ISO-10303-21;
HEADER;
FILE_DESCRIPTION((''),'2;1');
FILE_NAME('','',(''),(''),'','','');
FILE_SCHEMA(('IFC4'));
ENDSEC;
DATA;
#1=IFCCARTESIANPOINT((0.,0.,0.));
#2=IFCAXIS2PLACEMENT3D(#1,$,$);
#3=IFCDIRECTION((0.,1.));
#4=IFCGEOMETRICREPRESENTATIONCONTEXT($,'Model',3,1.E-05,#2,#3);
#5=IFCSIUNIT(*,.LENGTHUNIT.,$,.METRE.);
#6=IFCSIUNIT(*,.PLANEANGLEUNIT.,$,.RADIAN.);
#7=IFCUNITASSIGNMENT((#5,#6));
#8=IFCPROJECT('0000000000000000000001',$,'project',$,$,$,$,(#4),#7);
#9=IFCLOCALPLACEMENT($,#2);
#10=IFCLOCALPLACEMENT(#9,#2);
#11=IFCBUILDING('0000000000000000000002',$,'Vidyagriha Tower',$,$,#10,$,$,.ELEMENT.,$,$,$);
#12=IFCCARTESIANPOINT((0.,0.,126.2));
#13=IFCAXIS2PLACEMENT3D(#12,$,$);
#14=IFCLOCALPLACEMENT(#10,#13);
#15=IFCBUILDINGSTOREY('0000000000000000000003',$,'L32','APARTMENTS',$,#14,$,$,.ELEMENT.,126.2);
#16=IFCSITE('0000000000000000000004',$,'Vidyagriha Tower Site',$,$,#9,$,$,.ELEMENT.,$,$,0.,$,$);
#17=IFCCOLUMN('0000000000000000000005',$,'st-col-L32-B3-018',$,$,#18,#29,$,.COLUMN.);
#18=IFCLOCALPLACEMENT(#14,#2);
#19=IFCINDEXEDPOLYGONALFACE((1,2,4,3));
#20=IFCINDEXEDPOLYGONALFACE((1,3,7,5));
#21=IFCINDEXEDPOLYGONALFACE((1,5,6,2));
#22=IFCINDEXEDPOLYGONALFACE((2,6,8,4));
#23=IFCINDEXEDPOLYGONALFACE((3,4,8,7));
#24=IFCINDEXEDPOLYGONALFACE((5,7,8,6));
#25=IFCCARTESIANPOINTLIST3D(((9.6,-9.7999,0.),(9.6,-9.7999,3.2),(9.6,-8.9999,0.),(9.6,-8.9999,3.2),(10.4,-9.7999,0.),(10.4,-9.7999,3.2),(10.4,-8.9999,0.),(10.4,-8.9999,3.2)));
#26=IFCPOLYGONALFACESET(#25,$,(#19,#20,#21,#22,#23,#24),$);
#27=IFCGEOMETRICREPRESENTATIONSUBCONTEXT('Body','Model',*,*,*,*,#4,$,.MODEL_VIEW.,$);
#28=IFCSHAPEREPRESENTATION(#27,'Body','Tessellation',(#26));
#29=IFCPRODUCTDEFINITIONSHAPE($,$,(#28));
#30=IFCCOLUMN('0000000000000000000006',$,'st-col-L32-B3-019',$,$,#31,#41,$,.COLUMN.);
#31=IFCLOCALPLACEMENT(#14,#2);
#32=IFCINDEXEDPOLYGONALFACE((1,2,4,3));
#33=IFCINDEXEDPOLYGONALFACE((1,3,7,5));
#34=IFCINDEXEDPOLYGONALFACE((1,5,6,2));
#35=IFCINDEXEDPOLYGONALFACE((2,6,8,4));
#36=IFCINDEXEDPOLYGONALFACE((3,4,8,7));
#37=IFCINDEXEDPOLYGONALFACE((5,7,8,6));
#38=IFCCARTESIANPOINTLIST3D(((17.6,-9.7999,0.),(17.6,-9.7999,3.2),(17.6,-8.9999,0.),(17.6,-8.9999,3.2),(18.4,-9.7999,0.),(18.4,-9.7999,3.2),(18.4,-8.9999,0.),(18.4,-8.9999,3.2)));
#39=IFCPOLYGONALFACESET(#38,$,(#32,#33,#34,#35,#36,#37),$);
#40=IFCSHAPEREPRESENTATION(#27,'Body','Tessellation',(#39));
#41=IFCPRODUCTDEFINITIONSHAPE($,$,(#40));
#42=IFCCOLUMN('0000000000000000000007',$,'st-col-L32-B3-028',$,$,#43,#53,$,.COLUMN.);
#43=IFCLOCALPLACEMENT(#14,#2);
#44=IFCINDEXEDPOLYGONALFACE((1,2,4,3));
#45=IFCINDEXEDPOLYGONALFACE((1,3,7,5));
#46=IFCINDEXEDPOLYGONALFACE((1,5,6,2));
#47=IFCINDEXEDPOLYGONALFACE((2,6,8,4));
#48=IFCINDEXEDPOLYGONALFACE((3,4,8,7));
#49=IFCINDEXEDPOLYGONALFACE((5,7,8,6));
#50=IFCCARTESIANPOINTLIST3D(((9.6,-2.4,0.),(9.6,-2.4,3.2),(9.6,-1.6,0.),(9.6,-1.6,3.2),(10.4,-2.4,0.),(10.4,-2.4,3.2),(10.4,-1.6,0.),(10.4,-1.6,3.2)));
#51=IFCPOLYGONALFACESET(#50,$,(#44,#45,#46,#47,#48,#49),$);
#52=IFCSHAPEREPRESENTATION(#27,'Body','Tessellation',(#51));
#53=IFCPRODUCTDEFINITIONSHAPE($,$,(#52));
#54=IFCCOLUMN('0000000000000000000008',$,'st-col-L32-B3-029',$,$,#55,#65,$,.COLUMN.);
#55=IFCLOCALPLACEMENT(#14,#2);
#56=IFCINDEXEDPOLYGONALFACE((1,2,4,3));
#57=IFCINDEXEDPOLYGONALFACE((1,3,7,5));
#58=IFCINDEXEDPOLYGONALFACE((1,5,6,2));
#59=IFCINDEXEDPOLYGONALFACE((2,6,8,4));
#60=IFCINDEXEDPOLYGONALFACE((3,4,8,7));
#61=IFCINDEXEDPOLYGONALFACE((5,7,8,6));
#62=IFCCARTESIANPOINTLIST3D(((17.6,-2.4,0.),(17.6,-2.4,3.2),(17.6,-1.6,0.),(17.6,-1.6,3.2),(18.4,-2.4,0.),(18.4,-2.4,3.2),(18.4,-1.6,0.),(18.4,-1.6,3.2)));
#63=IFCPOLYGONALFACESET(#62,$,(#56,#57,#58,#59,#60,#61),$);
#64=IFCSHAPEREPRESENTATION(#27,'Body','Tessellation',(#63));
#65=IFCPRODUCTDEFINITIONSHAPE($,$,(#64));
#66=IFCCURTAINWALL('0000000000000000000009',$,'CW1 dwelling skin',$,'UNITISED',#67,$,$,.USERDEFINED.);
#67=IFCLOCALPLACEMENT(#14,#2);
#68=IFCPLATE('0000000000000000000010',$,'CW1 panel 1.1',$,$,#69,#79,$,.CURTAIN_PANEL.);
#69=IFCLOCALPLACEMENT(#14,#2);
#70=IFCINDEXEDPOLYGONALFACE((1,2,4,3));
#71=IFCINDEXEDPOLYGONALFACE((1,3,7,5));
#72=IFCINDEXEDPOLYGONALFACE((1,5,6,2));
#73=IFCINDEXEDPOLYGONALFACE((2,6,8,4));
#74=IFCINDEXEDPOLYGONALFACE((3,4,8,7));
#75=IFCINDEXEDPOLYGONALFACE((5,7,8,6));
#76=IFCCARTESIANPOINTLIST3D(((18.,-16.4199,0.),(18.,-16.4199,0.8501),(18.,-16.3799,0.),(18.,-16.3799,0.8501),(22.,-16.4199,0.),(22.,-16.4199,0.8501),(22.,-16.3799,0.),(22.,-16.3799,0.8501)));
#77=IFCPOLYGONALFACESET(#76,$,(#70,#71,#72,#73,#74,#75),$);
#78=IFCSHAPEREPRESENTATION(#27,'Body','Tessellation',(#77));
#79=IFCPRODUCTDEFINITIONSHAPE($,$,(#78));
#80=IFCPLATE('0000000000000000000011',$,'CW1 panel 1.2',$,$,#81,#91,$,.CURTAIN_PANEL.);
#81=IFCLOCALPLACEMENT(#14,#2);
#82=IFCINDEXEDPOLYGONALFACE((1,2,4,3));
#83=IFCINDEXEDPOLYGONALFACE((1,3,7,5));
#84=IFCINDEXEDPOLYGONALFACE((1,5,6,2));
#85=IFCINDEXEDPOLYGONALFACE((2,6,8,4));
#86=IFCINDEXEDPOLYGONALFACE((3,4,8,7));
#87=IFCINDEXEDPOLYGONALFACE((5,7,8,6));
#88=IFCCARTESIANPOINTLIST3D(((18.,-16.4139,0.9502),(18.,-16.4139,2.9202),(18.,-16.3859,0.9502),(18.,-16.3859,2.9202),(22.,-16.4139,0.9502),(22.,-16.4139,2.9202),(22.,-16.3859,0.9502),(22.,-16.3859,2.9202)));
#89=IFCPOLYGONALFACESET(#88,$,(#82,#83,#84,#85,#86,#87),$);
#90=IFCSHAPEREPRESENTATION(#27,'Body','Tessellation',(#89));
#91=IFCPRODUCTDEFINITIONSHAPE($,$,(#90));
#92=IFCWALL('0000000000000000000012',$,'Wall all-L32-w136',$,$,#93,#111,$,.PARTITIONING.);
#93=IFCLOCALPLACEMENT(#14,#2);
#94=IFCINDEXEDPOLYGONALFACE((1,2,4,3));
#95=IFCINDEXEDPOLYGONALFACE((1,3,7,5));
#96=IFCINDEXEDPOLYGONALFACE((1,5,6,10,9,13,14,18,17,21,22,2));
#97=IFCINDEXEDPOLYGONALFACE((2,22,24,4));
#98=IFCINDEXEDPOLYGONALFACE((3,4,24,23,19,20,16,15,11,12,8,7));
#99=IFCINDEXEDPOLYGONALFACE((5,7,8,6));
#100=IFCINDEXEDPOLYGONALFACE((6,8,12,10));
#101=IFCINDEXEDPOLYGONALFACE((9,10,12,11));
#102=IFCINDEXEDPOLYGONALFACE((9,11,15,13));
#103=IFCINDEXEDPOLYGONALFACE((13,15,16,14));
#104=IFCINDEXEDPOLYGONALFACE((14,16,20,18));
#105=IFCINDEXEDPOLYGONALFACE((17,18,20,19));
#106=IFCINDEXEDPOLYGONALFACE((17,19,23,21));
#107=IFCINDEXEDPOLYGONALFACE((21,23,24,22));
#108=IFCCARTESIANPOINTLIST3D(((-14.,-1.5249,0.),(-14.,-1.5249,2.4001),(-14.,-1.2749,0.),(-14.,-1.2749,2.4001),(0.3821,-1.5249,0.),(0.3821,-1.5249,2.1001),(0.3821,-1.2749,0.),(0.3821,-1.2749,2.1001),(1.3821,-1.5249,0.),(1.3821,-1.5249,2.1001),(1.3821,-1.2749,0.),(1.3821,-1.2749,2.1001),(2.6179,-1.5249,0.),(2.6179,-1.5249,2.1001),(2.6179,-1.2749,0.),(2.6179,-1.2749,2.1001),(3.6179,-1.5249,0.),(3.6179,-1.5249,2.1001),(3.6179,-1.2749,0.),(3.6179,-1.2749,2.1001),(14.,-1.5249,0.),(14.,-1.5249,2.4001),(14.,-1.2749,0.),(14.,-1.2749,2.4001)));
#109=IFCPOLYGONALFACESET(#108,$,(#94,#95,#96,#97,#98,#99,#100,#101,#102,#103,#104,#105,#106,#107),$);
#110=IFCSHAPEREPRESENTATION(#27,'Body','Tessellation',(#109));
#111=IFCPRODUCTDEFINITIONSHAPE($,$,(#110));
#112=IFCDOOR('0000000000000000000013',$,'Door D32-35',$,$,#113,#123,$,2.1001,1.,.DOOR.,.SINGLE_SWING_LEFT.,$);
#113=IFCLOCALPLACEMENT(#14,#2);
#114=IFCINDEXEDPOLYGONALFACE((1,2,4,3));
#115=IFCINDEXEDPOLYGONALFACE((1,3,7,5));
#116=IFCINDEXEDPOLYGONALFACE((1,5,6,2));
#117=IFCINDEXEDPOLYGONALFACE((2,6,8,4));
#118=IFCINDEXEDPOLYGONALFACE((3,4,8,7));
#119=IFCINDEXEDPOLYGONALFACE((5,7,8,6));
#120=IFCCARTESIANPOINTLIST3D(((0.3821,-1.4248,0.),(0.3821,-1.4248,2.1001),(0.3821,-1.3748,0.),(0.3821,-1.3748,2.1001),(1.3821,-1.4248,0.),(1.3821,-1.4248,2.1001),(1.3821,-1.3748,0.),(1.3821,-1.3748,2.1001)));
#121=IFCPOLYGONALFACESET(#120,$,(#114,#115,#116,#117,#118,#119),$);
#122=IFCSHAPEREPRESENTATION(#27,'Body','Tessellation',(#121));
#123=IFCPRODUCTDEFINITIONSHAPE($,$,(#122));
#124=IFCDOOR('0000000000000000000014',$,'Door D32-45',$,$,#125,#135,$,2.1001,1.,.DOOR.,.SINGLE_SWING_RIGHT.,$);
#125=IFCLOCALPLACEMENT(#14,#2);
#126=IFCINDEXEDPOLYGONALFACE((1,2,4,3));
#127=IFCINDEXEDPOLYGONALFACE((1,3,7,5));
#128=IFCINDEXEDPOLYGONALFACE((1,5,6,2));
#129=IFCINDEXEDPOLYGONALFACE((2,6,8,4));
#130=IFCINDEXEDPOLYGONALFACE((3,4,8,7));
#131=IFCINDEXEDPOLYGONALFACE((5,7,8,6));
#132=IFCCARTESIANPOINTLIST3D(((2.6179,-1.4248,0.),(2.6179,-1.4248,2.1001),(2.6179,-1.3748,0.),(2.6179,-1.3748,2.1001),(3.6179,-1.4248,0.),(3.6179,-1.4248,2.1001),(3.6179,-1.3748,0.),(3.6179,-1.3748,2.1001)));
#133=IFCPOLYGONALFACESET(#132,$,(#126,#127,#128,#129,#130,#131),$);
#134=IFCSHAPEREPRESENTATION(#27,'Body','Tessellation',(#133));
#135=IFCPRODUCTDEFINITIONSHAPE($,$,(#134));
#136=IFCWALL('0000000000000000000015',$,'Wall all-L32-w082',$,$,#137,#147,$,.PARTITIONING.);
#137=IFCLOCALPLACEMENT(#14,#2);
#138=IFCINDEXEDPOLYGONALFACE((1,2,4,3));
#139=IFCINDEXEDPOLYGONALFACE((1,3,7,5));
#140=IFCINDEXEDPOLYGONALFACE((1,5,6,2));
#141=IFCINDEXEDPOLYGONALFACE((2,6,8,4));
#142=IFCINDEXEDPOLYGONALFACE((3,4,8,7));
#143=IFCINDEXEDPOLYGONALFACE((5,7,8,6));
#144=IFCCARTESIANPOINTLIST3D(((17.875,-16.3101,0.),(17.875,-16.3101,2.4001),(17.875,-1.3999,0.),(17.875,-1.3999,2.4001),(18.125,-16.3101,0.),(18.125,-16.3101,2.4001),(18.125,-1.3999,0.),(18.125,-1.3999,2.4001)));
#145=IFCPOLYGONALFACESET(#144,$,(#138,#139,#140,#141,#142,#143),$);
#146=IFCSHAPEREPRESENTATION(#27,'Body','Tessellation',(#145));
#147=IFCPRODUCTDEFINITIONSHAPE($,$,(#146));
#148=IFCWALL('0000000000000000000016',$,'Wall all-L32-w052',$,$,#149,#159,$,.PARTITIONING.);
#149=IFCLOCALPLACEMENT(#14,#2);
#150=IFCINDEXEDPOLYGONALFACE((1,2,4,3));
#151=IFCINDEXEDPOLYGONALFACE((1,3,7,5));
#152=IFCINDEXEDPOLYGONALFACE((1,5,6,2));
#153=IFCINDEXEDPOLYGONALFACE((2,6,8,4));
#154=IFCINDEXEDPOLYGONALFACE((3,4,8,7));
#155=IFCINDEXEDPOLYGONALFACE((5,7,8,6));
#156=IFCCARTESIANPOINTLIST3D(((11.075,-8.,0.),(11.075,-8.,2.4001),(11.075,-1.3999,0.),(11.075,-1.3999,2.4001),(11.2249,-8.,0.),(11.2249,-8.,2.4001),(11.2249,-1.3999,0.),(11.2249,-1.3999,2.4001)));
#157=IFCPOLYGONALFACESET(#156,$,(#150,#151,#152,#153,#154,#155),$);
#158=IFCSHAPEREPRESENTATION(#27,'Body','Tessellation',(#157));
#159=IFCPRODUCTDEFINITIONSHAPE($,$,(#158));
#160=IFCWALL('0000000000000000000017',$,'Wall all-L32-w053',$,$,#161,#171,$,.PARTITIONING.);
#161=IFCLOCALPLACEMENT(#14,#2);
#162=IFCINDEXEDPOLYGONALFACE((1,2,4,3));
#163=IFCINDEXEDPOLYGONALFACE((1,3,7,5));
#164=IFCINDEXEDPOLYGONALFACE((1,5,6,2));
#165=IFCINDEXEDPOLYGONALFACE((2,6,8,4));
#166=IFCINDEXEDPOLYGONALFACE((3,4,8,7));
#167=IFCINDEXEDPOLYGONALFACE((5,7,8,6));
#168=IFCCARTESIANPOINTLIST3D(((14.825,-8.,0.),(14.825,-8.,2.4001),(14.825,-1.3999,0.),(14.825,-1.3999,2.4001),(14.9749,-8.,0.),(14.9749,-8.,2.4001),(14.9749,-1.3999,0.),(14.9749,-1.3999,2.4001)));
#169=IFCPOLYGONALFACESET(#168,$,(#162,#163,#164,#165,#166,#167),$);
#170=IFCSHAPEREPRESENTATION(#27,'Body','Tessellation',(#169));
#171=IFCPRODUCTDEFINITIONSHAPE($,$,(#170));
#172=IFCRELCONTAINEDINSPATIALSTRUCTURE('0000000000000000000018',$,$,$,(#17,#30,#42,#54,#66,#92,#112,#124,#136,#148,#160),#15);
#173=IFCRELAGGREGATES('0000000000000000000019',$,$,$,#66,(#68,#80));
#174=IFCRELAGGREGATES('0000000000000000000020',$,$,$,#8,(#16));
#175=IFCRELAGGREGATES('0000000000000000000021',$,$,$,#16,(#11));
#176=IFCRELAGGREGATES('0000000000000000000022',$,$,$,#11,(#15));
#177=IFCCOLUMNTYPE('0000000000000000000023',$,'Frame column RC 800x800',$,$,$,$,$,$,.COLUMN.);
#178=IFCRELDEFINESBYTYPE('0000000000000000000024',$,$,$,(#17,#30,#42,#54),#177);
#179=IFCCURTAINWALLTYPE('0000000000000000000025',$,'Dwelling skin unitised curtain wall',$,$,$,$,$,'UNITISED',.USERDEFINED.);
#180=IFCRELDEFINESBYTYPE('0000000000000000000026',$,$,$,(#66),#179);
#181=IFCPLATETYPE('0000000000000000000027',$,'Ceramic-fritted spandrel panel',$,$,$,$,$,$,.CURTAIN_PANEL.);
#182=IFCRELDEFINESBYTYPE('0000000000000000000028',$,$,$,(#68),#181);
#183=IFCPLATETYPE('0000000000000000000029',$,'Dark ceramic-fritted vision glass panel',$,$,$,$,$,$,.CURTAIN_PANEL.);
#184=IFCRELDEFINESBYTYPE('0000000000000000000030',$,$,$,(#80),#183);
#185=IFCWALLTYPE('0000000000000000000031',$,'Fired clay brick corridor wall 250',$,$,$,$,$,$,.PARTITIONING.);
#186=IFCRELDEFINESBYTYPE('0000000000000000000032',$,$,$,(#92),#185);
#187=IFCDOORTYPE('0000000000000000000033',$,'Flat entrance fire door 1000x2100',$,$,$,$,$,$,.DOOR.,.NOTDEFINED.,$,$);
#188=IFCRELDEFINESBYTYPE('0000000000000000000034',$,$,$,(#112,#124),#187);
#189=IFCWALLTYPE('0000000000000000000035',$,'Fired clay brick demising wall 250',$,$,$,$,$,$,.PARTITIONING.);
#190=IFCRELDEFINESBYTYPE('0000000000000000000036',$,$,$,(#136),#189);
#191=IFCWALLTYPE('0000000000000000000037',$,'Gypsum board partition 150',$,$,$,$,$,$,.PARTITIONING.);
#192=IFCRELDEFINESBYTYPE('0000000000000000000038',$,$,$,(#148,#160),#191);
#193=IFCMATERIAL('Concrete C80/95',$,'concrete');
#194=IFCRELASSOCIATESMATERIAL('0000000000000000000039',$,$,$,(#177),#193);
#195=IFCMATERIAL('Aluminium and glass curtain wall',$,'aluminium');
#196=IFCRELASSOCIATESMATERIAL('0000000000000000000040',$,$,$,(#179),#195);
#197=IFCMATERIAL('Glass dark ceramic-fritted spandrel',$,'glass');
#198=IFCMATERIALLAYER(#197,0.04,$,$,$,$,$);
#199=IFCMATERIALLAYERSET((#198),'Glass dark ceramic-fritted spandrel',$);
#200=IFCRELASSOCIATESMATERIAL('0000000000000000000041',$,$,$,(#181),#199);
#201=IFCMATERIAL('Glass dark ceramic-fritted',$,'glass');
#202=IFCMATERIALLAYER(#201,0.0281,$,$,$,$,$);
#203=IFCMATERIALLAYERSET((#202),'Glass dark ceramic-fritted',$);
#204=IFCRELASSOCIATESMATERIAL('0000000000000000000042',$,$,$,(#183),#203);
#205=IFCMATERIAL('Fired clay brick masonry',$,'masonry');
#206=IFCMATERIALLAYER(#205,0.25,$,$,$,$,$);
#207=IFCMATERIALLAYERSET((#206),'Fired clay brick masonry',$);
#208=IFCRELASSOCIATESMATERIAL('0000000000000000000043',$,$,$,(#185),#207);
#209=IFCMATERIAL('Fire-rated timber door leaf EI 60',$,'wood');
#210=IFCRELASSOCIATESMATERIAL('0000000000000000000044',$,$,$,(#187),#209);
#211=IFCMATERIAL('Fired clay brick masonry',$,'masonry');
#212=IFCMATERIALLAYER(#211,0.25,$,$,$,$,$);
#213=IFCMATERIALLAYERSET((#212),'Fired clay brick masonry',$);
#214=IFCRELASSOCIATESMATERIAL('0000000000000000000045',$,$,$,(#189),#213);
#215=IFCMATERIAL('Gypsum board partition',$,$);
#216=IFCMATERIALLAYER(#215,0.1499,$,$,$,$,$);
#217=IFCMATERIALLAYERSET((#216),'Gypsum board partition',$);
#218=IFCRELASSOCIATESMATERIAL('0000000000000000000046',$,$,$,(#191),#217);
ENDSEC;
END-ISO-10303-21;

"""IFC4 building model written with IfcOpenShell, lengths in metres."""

from ifc_helpers import new_model, si_unit, direction, frame, frame_2d, origin, origin_2d, place, context, subcontext, project, spatial, rectangle, extrude, material, layer, layer_set, material_profile, profile_set, type_object, element, fill, aggregate, save


model = new_model("IFC4")

# Units and contexts
model_context = context("Model", 3, precision=1e-05, world=origin(), true_north=direction((0.0, 1.0)))
body_context = subcontext(model_context, "Body", "Model", "MODEL_VIEW")
ifc_project = project(units=[si_unit("LENGTHUNIT", "METRE"), si_unit("PLANEANGLEUNIT", "RADIAN")], contexts=[model_context])

# Site, building, storey
site_placement = place(None, origin())
site = spatial("IfcSite", under=ifc_project, at=site_placement, Name="Vidyagriha Tower Site", CompositionType="ELEMENT", RefElevation=0.0)
building_placement = place(site_placement, origin())
building = spatial("IfcBuilding", under=site, at=building_placement, Name="Vidyagriha Tower", CompositionType="ELEMENT")
storey_placement = place(building_placement, frame((0.0, 0.0, 126.2)))
storey = spatial("IfcBuildingStorey", under=building, at=storey_placement, Name="L32", Description="APARTMENTS", CompositionType="ELEMENT", Elevation=126.2)

# Columns
ifc_material_1 = material(Name="Concrete C80/95", Category="concrete")
ifc_material_profile = material_profile(ifc_material_1, rectangle(XDim=0.8, YDim=0.8, at=origin_2d()), Name="RC 800x800")
ifc_profile_set = profile_set([ifc_material_profile], Name="Concrete C80/95")
column_type = type_object("IfcColumnType", Name="Frame column RC 800x800", PredefinedType="COLUMN", material=ifc_profile_set)
for number, where, name in (
    (1, (10.0, -9.3999, 0.0), "st-col-L32-B3-018"),
    (2, (18.0, -9.3999, 0.0), "st-col-L32-B3-019"),
    (3, (10.0, -2.0, 0.0), "st-col-L32-B3-028"),
    (4, (18.0, -2.0, 0.0), "st-col-L32-B3-029"),
):
    element("IfcColumn", number, at=place(storey_placement, frame(where)), inside=storey, type_object=column_type, Name=name, PredefinedType="COLUMN", context=body_context, shape_type="SweptSolid", body=[
        extrude(rectangle(XDim=0.8, YDim=0.8, at=origin_2d()), origin(), (0.0, 0.0, 1.0), 3.2),
    ])

# Curtain wall, plates
ifc_material_2 = material(Name="Aluminium and glass curtain wall", Category="aluminium")
curtain_wall_type = type_object("IfcCurtainWallType", Name="Dwelling skin unitised curtain wall", ElementType="UNITISED", PredefinedType="USERDEFINED", material=ifc_material_2)
curtain_wall_placement = place(storey_placement, origin())
curtain_wall = element("IfcCurtainWall", 5, at=curtain_wall_placement, inside=storey, type_object=curtain_wall_type, Name="CW1 dwelling skin", ObjectType="UNITISED", PredefinedType="USERDEFINED")
ifc_material_3 = material(Name="Glass dark ceramic-fritted spandrel", Category="glass")
ifc_layer_1 = layer(ifc_material_3, 0.04)
ifc_layer_set_1 = layer_set([ifc_layer_1], Name="Glass dark ceramic-fritted spandrel")
plate_type_1 = type_object("IfcPlateType", Name="Ceramic-fritted spandrel panel", PredefinedType="CURTAIN_PANEL", material=ifc_layer_set_1)
plate_1_placement = place(storey_placement, frame((20.0, -16.3999, 0.0)))
plate_1 = element("IfcPlate", 6, at=plate_1_placement, type_object=plate_type_1, Name="CW1 panel 1.1", PredefinedType="CURTAIN_PANEL", context=body_context, shape_type="SweptSolid", body=[
    extrude(rectangle(XDim=4.0, YDim=0.04, at=origin_2d()), origin(), (0.0, 0.0, 1.0), 0.8501),
])
ifc_material_4 = material(Name="Glass dark ceramic-fritted", Category="glass")
ifc_layer_2 = layer(ifc_material_4, 0.0281)
ifc_layer_set_2 = layer_set([ifc_layer_2], Name="Glass dark ceramic-fritted")
plate_type_2 = type_object("IfcPlateType", Name="Dark ceramic-fritted vision glass panel", PredefinedType="CURTAIN_PANEL", material=ifc_layer_set_2)
plate_2_placement = place(storey_placement, frame((20.0, -16.3999, 0.9502)))
plate_2 = element("IfcPlate", 7, at=plate_2_placement, type_object=plate_type_2, Name="CW1 panel 1.2", PredefinedType="CURTAIN_PANEL", context=body_context, shape_type="SweptSolid", body=[
    extrude(rectangle(XDim=4.0, YDim=0.0281, at=origin_2d()), origin(), (0.0, 0.0, 1.0), 1.97),
])
aggregate(curtain_wall, [plate_1, plate_2])

# Wall, openings, doors
ifc_material_5 = material(Name="Fired clay brick masonry", Category="masonry")
ifc_layer_3 = layer(ifc_material_5, 0.25)
ifc_layer_set_3 = layer_set([ifc_layer_3], Name="Fired clay brick masonry")
wall_type_1 = type_object("IfcWallType", Name="Fired clay brick corridor wall 250", PredefinedType="PARTITIONING", material=ifc_layer_set_3)
wall_1_placement = place(storey_placement, frame((14.0, -1.3999, 0.0), z_axis=(0.0, 0.0, 1.0), x_axis=(-1.0, 0.0, 0.0)))
wall_1 = element("IfcWall", 8, at=wall_1_placement, inside=storey, type_object=wall_type_1, Name="Wall all-L32-w136", PredefinedType="PARTITIONING", context=body_context, shape_type="SweptSolid", body=[
    extrude(rectangle(XDim=28.0, YDim=0.25, at=frame_2d((14.0, 0.0))), origin(), (0.0, 0.0, 1.0), 2.4001),
])
opening_1_placement = place(wall_1_placement, frame((12.6179, 0.0, 0.0)))
opening_1 = element("IfcOpeningElement", 9, at=opening_1_placement, cuts=wall_1, PredefinedType="OPENING", context=body_context, shape_type="SweptSolid", body=[
    extrude(rectangle(XDim=1.0, YDim=2.1001, at=frame_2d((0.5, 1.05))), frame((0.0, 0.135, 0.0), z_axis=(0.0, -1.0, 0.0), x_axis=(1.0, 0.0, 0.0)), (0.0, 0.0, 1.0), 0.27),
])
opening_2_placement = place(wall_1_placement, frame((10.3821, 0.0, 0.0)))
opening_2 = element("IfcOpeningElement", 10, at=opening_2_placement, cuts=wall_1, PredefinedType="OPENING", context=body_context, shape_type="SweptSolid", body=[
    extrude(rectangle(XDim=1.0, YDim=2.1001, at=frame_2d((0.5, 1.05))), frame((0.0, 0.135, 0.0), z_axis=(0.0, -1.0, 0.0), x_axis=(1.0, 0.0, 0.0)), (0.0, 0.0, 1.0), 0.27),
])
ifc_material_6 = material(Name="Fire-rated timber door leaf EI 60", Category="wood")
door_type_1 = type_object("IfcDoorType", Name="Flat entrance fire door 1000x2100", OperationType="NOTDEFINED", PredefinedType="DOOR", material=ifc_material_6)
door_1_placement = place(opening_1_placement, origin())
door_1 = element("IfcDoor", 11, at=door_1_placement, inside=storey, type_object=door_type_1, Name="Door D32-35", OperationType="SINGLE_SWING_LEFT", OverallHeight=2.1001, OverallWidth=1.0, PredefinedType="DOOR", context=body_context, shape_type="SweptSolid", body=[
    extrude(rectangle(XDim=1.0, YDim=2.1001, at=frame_2d((0.5, 1.05))), frame((0.0, 0.0249, 0.0), z_axis=(0.0, -1.0, 0.0), x_axis=(1.0, 0.0, 0.0)), (0.0, 0.0, 1.0), 0.05),
])
fill(opening_1, door_1)
door_2_placement = place(opening_2_placement, origin())
door_2 = element("IfcDoor", 12, at=door_2_placement, inside=storey, type_object=door_type_1, Name="Door D32-45", OperationType="SINGLE_SWING_RIGHT", OverallHeight=2.1001, OverallWidth=1.0, PredefinedType="DOOR", context=body_context, shape_type="SweptSolid", body=[
    extrude(rectangle(XDim=1.0, YDim=2.1001, at=frame_2d((0.5, 1.05))), frame((0.0, 0.0249, 0.0), z_axis=(0.0, -1.0, 0.0), x_axis=(1.0, 0.0, 0.0)), (0.0, 0.0, 1.0), 0.05),
])
fill(opening_2, door_2)

# Walls
ifc_material_7 = material(Name="Fired clay brick masonry", Category="masonry")
ifc_layer_4 = layer(ifc_material_7, 0.25)
ifc_layer_set_4 = layer_set([ifc_layer_4], Name="Fired clay brick masonry")
wall_type_2 = type_object("IfcWallType", Name="Fired clay brick demising wall 250", PredefinedType="PARTITIONING", material=ifc_layer_set_4)
wall_2_placement = place(storey_placement, frame((18.0, -1.3999, 0.0), z_axis=(0.0, 0.0, 1.0), x_axis=(0.0, -1.0, 0.0)))
element("IfcWall", 13, at=wall_2_placement, inside=storey, type_object=wall_type_2, Name="Wall all-L32-w082", PredefinedType="PARTITIONING", context=body_context, shape_type="SweptSolid", body=[
    extrude(rectangle(XDim=14.9102, YDim=0.25, at=frame_2d((7.4551, 0.0))), origin(), (0.0, 0.0, 1.0), 2.4001),
])
ifc_material_8 = material(Name="Gypsum board partition")
ifc_layer_5 = layer(ifc_material_8, 0.1499)
ifc_layer_set_5 = layer_set([ifc_layer_5], Name="Gypsum board partition")
wall_type_3 = type_object("IfcWallType", Name="Gypsum board partition 150", PredefinedType="PARTITIONING", material=ifc_layer_set_5)
for number, where, z_axis, x_axis, name in (
    (14, (11.1499, -1.3999, 0.0), (0.0, 0.0, 1.0), (0.0, -1.0, 0.0), "Wall all-L32-w052"),
    (15, (14.8999, -1.3999, 0.0), (0.0, 0.0, 1.0), (0.0, -1.0, 0.0), "Wall all-L32-w053"),
):
    element("IfcWall", number, at=place(storey_placement, frame(where, z_axis=z_axis, x_axis=x_axis)), inside=storey, type_object=wall_type_3, Name=name, PredefinedType="PARTITIONING", context=body_context, shape_type="SweptSolid", body=[
        extrude(rectangle(XDim=6.6001, YDim=0.1499, at=frame_2d((3.3, 0.0))), origin(), (0.0, 0.0, 1.0), 2.4001),
    ])

save(model, "model.ifc")
